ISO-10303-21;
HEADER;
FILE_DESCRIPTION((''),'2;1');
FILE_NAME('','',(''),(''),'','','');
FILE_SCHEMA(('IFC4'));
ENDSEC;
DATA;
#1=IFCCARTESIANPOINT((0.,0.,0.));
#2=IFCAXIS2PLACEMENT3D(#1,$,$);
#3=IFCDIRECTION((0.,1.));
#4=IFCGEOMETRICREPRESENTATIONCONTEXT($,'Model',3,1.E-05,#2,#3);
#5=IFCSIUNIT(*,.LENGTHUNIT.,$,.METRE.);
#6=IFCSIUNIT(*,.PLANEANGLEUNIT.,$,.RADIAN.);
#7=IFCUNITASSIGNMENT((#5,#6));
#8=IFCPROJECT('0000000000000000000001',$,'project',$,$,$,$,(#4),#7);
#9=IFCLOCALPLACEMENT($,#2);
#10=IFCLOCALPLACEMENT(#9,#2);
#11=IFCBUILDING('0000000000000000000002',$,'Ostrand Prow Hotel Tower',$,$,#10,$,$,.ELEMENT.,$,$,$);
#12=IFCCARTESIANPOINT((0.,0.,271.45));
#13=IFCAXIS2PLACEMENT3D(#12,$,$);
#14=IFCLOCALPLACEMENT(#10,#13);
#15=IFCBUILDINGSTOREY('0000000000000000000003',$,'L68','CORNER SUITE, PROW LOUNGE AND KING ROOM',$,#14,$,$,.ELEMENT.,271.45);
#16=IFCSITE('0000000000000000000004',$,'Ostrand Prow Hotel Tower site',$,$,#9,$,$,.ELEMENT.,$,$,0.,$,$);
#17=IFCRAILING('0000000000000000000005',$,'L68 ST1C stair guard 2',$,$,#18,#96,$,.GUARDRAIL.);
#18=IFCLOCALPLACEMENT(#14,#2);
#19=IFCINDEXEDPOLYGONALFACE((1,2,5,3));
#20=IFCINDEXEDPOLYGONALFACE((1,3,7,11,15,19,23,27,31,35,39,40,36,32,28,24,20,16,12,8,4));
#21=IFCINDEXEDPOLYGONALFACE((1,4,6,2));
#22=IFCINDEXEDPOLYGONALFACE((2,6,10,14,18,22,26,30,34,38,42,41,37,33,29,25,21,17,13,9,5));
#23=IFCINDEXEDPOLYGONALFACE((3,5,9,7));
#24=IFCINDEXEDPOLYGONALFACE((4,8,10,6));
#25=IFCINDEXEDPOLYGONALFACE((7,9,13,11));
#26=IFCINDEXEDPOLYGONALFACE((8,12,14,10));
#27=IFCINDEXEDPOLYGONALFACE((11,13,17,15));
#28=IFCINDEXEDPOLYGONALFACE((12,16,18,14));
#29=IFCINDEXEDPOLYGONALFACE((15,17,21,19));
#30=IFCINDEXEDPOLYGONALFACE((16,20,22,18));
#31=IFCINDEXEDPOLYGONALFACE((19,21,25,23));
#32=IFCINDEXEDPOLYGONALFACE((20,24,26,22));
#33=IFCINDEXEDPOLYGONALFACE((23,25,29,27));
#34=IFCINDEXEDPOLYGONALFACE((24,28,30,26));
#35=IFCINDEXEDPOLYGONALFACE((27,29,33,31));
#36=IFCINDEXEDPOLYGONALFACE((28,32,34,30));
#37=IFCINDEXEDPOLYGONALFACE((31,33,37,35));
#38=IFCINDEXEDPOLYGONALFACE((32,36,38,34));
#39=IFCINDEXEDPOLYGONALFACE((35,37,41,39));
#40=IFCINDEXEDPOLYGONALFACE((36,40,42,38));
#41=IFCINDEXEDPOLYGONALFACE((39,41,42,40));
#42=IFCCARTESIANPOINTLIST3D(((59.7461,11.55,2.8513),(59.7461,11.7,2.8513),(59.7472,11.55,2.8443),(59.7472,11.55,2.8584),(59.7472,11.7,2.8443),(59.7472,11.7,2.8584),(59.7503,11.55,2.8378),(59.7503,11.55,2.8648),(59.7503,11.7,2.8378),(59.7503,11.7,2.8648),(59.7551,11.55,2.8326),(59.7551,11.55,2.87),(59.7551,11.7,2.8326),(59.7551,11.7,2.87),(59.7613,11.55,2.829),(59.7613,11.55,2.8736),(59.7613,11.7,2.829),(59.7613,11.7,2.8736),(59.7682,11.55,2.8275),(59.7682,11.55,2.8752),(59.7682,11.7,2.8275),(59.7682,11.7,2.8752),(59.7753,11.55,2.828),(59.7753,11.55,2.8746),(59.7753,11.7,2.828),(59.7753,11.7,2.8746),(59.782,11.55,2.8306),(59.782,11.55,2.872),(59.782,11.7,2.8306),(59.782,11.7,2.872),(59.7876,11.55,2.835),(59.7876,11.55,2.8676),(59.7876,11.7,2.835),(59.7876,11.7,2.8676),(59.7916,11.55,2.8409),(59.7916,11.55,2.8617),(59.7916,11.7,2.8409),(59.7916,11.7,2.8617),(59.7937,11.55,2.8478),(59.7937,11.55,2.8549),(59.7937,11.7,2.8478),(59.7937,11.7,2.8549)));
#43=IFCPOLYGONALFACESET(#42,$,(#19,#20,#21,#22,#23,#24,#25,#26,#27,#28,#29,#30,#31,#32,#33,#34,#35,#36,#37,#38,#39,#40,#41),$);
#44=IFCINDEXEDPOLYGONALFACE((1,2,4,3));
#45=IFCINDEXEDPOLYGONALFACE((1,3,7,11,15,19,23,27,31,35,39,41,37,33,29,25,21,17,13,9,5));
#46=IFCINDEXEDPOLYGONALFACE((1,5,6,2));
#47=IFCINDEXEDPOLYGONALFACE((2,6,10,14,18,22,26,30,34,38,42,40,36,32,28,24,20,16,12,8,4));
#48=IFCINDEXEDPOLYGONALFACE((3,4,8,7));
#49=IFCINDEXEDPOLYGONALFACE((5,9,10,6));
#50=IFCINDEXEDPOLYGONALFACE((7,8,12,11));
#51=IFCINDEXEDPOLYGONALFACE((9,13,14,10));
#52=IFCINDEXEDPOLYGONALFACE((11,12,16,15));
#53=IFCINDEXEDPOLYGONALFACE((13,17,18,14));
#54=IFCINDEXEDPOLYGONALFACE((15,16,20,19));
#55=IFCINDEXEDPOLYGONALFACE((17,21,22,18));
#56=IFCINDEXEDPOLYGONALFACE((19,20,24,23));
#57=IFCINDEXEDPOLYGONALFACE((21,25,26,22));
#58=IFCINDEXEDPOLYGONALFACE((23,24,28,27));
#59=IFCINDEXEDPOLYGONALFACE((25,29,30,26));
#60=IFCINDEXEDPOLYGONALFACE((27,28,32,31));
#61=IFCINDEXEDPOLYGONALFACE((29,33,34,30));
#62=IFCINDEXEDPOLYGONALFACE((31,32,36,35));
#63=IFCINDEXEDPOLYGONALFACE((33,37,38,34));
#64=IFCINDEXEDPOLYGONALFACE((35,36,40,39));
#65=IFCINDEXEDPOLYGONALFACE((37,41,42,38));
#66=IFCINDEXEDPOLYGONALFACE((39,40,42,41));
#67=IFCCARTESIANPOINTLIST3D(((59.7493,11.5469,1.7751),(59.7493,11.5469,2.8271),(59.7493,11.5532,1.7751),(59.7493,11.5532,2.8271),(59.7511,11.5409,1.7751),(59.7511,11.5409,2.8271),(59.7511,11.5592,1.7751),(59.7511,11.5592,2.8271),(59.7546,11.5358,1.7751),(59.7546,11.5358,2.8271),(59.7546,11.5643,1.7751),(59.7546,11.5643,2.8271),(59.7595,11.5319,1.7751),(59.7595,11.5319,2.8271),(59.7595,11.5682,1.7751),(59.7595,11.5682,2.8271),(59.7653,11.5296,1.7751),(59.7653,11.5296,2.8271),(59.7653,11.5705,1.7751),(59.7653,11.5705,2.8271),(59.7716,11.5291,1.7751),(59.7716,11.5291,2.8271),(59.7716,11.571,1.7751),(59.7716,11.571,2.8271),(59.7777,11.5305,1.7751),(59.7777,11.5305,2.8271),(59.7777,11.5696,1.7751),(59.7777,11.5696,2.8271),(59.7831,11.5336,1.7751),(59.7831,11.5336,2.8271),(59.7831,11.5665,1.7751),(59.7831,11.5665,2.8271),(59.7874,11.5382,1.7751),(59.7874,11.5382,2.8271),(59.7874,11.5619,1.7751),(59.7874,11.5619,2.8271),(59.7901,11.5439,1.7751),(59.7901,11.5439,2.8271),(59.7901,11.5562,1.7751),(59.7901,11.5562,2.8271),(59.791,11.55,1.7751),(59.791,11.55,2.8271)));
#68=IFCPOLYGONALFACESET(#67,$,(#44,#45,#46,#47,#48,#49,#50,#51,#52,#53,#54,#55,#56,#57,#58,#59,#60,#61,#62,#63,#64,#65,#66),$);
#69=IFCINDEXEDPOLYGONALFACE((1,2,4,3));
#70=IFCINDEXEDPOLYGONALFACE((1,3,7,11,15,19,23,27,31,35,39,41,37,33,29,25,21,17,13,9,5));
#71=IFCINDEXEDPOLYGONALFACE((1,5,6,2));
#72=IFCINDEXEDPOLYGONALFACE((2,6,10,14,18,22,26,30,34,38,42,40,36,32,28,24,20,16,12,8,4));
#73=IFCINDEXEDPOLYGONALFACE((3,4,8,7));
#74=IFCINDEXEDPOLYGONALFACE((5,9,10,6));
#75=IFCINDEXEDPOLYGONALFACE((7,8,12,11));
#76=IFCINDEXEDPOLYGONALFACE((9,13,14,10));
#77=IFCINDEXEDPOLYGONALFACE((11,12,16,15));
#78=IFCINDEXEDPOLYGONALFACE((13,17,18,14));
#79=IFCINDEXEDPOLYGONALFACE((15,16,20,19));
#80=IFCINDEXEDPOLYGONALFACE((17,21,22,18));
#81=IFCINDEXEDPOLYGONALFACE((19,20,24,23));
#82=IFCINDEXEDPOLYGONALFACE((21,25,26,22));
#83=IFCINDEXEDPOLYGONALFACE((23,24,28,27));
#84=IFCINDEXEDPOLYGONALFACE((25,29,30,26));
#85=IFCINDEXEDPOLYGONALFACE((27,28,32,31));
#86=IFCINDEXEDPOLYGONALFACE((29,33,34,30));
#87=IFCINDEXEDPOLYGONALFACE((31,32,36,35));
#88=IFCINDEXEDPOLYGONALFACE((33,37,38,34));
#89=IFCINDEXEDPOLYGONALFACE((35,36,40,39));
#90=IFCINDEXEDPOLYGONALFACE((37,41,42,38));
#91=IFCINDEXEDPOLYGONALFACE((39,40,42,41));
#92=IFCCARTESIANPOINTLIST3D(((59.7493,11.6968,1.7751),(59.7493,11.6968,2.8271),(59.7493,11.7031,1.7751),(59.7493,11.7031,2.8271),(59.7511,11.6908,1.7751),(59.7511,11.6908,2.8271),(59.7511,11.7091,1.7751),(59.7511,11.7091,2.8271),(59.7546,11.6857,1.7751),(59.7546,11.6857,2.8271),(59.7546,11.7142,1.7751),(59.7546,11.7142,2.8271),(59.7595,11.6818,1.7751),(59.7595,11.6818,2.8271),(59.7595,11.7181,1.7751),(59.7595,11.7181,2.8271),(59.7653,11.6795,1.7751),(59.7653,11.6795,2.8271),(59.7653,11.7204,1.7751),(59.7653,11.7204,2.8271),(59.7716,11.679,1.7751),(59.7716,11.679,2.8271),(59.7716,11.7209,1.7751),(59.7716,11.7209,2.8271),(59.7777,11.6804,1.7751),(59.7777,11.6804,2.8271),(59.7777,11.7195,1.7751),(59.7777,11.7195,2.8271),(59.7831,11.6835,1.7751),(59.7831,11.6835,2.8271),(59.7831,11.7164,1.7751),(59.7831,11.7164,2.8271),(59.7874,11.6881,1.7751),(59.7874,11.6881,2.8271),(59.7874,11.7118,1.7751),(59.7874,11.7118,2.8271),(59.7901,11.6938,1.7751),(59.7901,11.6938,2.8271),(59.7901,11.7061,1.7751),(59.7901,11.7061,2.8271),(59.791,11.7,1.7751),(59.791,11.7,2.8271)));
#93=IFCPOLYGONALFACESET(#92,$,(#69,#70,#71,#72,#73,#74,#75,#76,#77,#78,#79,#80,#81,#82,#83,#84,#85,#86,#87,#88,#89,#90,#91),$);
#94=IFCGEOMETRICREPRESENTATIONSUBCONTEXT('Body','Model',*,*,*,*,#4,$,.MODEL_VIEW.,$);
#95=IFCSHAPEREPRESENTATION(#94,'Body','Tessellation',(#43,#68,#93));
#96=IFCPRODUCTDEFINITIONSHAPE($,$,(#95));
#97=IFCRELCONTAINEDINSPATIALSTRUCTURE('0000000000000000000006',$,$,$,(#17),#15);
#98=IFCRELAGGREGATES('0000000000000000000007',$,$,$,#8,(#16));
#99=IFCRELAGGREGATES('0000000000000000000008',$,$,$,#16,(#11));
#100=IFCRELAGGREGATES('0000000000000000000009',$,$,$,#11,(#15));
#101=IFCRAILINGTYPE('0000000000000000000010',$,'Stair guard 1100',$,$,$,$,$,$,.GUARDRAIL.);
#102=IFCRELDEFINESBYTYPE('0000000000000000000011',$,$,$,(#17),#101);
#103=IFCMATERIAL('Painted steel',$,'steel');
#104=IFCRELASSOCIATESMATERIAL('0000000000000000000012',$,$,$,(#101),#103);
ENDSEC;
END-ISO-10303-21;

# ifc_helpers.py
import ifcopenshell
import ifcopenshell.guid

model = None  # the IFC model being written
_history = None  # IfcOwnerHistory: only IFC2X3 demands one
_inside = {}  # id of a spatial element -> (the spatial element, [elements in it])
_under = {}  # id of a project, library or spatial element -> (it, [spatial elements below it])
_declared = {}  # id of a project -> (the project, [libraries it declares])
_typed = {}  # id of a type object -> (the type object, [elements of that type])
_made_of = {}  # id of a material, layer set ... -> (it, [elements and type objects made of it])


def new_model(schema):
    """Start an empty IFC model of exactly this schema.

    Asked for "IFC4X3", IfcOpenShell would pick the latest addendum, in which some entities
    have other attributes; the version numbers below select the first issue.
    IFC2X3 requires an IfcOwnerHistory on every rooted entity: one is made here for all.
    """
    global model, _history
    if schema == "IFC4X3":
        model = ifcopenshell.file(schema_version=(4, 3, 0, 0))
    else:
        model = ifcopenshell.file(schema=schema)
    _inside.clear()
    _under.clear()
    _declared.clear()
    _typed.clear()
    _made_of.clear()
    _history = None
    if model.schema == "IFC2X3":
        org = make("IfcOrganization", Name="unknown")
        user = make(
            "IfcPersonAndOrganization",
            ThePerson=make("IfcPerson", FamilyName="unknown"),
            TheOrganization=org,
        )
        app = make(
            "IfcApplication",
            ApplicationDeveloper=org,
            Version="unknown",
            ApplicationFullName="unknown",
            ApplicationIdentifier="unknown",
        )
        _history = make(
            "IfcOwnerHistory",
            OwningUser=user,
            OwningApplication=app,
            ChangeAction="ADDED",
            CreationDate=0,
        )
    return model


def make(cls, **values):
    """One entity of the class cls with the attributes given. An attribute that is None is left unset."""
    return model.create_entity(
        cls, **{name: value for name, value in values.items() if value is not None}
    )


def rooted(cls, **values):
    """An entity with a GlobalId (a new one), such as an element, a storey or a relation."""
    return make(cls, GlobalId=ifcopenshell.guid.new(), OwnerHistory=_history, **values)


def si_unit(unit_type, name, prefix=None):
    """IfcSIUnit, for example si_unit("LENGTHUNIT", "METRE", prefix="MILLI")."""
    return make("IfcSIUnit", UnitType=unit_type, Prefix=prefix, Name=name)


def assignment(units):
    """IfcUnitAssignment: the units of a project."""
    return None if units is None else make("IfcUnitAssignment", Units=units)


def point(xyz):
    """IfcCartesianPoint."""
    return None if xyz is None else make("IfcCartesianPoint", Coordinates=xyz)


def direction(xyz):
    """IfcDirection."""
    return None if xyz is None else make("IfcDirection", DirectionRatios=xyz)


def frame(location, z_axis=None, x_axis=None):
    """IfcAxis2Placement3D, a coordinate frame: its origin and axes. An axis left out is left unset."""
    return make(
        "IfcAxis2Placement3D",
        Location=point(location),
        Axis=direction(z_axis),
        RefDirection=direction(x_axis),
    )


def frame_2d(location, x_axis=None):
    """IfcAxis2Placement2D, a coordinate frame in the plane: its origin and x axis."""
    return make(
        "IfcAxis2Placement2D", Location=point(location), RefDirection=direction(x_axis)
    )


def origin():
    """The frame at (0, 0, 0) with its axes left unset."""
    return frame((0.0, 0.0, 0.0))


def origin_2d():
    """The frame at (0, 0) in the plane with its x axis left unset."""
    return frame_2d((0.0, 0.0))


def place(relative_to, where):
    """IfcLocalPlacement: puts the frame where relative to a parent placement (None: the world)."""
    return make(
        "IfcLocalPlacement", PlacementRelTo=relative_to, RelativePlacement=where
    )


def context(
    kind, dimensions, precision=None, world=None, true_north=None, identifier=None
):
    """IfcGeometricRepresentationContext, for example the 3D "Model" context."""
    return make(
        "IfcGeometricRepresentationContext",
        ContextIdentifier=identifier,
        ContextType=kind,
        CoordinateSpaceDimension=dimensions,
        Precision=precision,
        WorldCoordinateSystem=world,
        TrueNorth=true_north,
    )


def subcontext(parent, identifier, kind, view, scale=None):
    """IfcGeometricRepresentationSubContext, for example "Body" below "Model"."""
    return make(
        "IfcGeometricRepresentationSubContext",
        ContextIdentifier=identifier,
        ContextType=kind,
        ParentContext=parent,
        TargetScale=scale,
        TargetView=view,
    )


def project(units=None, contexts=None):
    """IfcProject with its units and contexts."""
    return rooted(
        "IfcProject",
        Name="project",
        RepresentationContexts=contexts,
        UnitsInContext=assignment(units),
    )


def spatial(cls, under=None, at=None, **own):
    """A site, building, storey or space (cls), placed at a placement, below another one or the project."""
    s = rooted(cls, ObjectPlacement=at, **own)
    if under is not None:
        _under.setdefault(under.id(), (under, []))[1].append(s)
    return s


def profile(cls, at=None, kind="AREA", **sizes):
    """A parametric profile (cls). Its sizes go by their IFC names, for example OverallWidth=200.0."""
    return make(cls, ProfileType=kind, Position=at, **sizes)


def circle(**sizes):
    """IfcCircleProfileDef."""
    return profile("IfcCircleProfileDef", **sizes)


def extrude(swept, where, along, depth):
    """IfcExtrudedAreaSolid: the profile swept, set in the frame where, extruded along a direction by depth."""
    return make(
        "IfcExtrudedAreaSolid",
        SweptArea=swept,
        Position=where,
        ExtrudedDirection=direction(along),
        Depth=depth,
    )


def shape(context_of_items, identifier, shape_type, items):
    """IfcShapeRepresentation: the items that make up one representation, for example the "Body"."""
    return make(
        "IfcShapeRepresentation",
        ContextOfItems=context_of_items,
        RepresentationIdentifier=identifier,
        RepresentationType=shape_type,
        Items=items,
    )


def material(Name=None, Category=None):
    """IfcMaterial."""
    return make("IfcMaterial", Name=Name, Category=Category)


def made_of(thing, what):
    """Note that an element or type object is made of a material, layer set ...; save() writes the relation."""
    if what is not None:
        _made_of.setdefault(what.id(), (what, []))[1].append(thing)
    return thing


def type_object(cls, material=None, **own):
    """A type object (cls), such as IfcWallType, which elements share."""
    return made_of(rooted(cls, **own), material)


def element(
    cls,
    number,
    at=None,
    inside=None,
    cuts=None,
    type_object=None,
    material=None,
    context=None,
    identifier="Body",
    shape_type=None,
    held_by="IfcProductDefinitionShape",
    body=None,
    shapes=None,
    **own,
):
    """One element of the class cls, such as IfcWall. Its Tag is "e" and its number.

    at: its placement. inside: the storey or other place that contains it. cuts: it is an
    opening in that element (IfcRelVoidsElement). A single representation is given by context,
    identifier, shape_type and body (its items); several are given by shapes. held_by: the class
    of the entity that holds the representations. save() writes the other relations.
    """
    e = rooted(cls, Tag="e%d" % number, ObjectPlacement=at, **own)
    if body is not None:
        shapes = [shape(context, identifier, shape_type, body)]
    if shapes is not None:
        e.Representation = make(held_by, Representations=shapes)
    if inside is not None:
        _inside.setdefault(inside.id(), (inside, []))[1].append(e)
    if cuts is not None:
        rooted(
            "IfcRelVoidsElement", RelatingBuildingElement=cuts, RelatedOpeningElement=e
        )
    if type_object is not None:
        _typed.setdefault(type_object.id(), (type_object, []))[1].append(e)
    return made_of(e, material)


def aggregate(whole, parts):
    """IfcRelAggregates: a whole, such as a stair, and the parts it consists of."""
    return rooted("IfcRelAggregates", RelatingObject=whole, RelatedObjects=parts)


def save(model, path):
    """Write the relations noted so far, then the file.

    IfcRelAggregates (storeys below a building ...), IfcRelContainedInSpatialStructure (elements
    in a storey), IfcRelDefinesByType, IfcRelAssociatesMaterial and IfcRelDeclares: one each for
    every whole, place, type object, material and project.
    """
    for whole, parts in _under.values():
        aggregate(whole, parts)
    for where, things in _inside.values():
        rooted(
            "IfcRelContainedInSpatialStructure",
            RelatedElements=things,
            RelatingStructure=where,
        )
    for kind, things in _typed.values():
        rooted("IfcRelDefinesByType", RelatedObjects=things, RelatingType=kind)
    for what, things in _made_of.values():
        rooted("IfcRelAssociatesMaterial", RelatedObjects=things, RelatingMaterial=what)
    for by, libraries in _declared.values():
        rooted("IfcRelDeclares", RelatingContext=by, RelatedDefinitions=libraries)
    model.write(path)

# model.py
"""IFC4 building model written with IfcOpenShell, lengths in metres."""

from ifc_helpers import new_model, si_unit, direction, frame, origin, origin_2d, place, context, subcontext, project, spatial, circle, extrude, material, type_object, element, save


model = new_model("IFC4")

# Units and contexts
model_context = context("Model", 3, precision=1e-05, world=origin(), true_north=direction((0.0, 1.0)))
body_context = subcontext(model_context, "Body", "Model", "MODEL_VIEW")
ifc_project = project(units=[si_unit("LENGTHUNIT", "METRE"), si_unit("PLANEANGLEUNIT", "RADIAN")], contexts=[model_context])

# Site, building, storey
site_placement = place(None, origin())
site = spatial("IfcSite", under=ifc_project, at=site_placement, Name="Ostrand Prow Hotel Tower site", CompositionType="ELEMENT", RefElevation=0.0)
building_placement = place(site_placement, origin())
building = spatial("IfcBuilding", under=site, at=building_placement, Name="Ostrand Prow Hotel Tower", CompositionType="ELEMENT")
storey_placement = place(building_placement, frame((0.0, 0.0, 271.45)))
storey = spatial("IfcBuildingStorey", under=building, at=storey_placement, Name="L68", Description="CORNER SUITE, PROW LOUNGE AND KING ROOM", CompositionType="ELEMENT", Elevation=271.45)

# Railing
ifc_material_1 = material(Name="Painted steel", Category="steel")
railing_type_1 = type_object("IfcRailingType", Name="Stair guard 1100", PredefinedType="GUARDRAIL", material=ifc_material_1)
railing_1_placement = place(storey_placement, frame((59.77, 11.55, 1.7751)))
element("IfcRailing", 1, at=railing_1_placement, inside=storey, type_object=railing_type_1, Name="L68 ST1C stair guard 2", PredefinedType="GUARDRAIL", context=body_context, shape_type="SweptSolid", body=[
    extrude(circle(Radius=0.0239, at=origin_2d()), frame((0.0, 0.0, 1.0762), z_axis=(0.0, 1.0, 0.0), x_axis=(-1.0, 0.0, 0.0)), (0.0, 0.0, 1.0), 0.1499),
    extrude(circle(Radius=0.021, at=origin_2d()), origin(), (0.0, 0.0, 1.0), 1.052),
    extrude(circle(Radius=0.021, at=origin_2d()), frame((0.0, 0.1499, 0.0)), (0.0, 0.0, 1.0), 1.052),
])

save(model, "model.ifc")
